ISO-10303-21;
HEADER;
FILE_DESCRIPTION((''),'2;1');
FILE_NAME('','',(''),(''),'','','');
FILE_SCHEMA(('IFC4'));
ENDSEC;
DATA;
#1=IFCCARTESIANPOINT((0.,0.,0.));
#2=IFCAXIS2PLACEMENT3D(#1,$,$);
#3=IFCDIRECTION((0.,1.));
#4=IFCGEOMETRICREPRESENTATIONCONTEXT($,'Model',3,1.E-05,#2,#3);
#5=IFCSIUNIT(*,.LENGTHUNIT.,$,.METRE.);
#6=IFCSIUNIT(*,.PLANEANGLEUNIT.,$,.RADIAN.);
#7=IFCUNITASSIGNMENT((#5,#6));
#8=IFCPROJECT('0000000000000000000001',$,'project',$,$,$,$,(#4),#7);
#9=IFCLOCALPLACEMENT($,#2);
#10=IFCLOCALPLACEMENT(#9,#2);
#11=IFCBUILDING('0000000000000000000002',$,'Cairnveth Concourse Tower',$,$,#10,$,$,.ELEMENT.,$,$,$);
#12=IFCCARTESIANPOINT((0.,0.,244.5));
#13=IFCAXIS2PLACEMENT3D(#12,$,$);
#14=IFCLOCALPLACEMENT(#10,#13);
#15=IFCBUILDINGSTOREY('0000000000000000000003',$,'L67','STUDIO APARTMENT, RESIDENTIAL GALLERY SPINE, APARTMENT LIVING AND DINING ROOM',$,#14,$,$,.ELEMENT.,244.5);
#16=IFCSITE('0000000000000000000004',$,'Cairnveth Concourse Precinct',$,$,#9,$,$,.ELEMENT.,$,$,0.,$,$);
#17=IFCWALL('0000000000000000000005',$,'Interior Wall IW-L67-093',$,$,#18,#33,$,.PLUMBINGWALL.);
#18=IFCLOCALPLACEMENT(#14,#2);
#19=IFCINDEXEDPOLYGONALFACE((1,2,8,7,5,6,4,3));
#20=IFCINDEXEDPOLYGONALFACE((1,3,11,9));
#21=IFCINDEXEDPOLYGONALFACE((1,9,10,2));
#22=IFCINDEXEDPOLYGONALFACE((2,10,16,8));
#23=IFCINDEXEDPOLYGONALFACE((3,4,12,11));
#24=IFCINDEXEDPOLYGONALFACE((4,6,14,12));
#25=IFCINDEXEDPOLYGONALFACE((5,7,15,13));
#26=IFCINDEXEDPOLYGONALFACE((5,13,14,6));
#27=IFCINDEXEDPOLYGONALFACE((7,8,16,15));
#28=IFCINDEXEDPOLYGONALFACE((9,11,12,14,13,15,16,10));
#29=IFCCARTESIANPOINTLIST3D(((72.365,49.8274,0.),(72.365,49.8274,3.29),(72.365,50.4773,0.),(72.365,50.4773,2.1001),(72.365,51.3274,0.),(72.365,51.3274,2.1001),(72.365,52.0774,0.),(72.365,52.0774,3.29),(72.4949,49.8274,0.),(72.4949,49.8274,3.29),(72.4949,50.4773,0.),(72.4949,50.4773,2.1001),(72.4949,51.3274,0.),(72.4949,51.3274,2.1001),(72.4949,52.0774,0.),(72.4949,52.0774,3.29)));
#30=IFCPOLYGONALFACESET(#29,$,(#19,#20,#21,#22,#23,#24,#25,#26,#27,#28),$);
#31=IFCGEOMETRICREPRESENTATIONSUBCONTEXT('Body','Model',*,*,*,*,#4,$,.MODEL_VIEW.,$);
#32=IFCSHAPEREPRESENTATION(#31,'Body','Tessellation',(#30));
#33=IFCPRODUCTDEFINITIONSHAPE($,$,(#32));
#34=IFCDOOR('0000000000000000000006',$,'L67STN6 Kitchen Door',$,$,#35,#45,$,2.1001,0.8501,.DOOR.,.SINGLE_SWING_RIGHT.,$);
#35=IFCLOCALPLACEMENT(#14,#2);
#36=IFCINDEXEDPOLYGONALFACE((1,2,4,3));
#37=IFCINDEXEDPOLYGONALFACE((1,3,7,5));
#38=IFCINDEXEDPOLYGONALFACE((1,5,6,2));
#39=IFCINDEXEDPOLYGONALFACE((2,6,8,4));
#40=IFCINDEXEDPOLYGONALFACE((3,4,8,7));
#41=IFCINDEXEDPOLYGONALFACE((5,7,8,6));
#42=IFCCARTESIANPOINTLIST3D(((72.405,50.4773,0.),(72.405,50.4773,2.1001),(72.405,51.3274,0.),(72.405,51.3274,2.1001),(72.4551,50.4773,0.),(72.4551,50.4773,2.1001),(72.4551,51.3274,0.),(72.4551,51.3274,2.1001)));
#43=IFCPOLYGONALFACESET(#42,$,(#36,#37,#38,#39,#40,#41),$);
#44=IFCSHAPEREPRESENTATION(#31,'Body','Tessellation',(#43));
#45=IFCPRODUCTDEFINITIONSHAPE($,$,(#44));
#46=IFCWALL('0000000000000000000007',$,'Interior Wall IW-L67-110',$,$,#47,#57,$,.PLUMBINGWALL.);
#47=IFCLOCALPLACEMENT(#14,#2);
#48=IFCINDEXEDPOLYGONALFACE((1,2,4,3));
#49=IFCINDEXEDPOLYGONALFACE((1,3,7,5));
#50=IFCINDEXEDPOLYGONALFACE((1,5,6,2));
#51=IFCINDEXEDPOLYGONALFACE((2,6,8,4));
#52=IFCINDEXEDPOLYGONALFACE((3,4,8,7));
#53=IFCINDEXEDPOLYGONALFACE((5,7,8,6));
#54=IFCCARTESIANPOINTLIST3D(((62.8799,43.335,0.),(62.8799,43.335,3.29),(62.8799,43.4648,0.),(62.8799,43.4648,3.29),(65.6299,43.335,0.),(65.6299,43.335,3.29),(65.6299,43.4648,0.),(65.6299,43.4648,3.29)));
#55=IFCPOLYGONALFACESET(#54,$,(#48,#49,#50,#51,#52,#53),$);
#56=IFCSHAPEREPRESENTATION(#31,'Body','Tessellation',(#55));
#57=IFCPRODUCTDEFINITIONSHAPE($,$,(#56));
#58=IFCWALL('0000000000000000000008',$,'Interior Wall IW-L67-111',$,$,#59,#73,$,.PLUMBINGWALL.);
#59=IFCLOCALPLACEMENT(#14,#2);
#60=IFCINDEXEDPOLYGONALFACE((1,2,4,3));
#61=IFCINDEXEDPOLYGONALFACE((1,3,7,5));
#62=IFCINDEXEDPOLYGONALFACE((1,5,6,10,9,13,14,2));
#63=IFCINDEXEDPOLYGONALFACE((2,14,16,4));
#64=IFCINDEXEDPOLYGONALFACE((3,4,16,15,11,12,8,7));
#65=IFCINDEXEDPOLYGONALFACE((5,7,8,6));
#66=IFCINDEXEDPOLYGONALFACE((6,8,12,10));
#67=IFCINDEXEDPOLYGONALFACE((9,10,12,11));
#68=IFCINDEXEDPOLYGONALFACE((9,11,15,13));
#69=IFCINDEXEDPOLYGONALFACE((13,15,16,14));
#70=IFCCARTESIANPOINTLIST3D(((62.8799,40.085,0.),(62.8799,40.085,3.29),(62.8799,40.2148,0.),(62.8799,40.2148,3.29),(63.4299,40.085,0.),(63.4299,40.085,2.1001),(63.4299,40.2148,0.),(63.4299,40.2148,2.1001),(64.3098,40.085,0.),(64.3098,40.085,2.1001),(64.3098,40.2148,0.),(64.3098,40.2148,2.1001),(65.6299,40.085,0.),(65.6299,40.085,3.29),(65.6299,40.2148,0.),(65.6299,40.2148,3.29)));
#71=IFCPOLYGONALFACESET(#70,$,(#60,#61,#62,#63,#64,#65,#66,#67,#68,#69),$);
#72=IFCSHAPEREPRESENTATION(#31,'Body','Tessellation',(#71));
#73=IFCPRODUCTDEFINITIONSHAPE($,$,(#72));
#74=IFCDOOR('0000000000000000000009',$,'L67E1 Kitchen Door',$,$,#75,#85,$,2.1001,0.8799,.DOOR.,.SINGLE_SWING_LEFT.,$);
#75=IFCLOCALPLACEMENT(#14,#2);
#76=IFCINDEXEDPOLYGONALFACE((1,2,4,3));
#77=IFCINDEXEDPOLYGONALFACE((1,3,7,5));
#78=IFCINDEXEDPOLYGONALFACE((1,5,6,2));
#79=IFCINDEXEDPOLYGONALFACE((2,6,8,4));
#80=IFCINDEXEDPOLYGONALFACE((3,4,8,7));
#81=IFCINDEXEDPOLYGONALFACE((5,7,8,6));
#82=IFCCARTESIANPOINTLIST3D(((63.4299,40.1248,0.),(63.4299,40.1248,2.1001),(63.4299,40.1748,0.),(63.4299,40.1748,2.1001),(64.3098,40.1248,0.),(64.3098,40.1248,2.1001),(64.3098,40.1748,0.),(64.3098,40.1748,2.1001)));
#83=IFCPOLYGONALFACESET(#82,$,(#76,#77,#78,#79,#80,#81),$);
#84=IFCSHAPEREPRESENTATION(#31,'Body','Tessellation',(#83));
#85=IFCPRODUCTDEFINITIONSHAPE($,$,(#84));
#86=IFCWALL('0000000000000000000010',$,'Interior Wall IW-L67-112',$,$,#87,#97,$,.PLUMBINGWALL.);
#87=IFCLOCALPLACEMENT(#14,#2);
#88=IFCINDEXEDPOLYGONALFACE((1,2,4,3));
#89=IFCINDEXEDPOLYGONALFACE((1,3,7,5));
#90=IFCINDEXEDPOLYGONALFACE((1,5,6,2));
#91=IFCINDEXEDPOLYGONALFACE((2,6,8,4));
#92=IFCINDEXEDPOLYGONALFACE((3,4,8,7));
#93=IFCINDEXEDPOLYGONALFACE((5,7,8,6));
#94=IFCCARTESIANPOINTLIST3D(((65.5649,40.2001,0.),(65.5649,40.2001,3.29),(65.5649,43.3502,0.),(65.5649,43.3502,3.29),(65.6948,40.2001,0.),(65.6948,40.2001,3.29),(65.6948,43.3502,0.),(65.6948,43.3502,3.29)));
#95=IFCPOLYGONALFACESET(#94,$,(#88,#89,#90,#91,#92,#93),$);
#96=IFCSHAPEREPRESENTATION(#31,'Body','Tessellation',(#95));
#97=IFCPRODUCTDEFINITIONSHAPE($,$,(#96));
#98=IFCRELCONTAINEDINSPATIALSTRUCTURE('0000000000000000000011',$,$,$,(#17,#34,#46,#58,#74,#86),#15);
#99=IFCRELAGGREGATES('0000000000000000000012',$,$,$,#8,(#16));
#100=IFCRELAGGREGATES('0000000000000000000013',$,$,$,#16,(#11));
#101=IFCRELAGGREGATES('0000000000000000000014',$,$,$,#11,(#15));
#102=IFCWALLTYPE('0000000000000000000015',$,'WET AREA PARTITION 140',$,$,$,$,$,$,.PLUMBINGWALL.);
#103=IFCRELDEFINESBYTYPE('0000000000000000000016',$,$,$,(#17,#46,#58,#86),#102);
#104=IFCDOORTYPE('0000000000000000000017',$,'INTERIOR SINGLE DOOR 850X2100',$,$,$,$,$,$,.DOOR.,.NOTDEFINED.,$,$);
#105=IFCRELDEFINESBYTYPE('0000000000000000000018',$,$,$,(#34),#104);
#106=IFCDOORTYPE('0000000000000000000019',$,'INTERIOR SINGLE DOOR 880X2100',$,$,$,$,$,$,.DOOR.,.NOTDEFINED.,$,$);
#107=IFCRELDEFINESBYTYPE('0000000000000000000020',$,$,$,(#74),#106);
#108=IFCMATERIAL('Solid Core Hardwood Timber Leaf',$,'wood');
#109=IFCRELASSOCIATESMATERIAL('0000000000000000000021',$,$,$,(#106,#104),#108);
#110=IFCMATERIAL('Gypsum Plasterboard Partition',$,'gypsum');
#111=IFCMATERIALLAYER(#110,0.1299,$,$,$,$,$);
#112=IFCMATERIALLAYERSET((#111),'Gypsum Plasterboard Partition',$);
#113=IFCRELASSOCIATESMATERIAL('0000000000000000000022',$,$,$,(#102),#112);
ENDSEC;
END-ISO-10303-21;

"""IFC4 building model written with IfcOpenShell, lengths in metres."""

from ifc_helpers import new_model, si_unit, direction, frame, frame_2d, origin, place, context, subcontext, project, spatial, rectangle, extrude, material, layer, layer_set, type_object, element, fill, save


model = new_model("IFC4")

# Units and contexts
model_context = context("Model", 3, precision=1e-05, world=origin(), true_north=direction((0.0, 1.0)))
body_context = subcontext(model_context, "Body", "Model", "MODEL_VIEW")
ifc_project = project(units=[si_unit("LENGTHUNIT", "METRE"), si_unit("PLANEANGLEUNIT", "RADIAN")], contexts=[model_context])

# Site, building, storey
site_placement = place(None, origin())
site = spatial("IfcSite", under=ifc_project, at=site_placement, Name="Cairnveth Concourse Precinct", CompositionType="ELEMENT", RefElevation=0.0)
building_placement = place(site_placement, origin())
building = spatial("IfcBuilding", under=site, at=building_placement, Name="Cairnveth Concourse Tower", CompositionType="ELEMENT")
storey_placement = place(building_placement, frame((0.0, 0.0, 244.5)))
storey = spatial("IfcBuildingStorey", under=building, at=storey_placement, Name="L67", Description="STUDIO APARTMENT, RESIDENTIAL GALLERY SPINE, APARTMENT LIVING AND DINING ROOM", CompositionType="ELEMENT", Elevation=244.5)

# Shared definitions
ifc_material_1 = material(Name="Gypsum Plasterboard Partition", Category="gypsum")

# Shared definitions
ifc_material_2 = material(Name="Solid Core Hardwood Timber Leaf", Category="wood")
door_type_1 = type_object("IfcDoorType", Name="INTERIOR SINGLE DOOR 880X2100", OperationType="NOTDEFINED", PredefinedType="DOOR", material=ifc_material_2)
ifc_layer_1 = layer(ifc_material_1, 0.1299)
ifc_layer_set_1 = layer_set([ifc_layer_1], Name="Gypsum Plasterboard Partition")
wall_type_1 = type_object("IfcWallType", Name="WET AREA PARTITION 140", PredefinedType="PLUMBINGWALL", material=ifc_layer_set_1)
door_type_2 = type_object("IfcDoorType", Name="INTERIOR SINGLE DOOR 850X2100", OperationType="NOTDEFINED", PredefinedType="DOOR", material=ifc_material_2)

# Wall, opening, door
wall_1_placement = place(storey_placement, frame((72.4299, 49.8274, 0.0), z_axis=(0.0, 0.0, 1.0), x_axis=(0.0, 1.0, 0.0)))
wall_1 = element("IfcWall", 1, at=wall_1_placement, inside=storey, type_object=wall_type_1, Name="Interior Wall IW-L67-093", PredefinedType="PLUMBINGWALL", context=body_context, shape_type="SweptSolid", body=[
    extrude(rectangle(XDim=2.25, YDim=0.1299, at=frame_2d((1.125, 0.0))), origin(), (0.0, 0.0, 1.0), 3.29),
])
opening_1_placement = place(wall_1_placement, frame((0.6499, 0.0, 0.0)))
opening_1 = element("IfcOpeningElement", 2, at=opening_1_placement, cuts=wall_1, PredefinedType="OPENING", context=body_context, shape_type="SweptSolid", body=[
    extrude(rectangle(XDim=0.8501, YDim=2.1001, at=frame_2d((0.425, 1.05))), frame((0.0, 0.075, 0.0), z_axis=(0.0, -1.0, 0.0), x_axis=(1.0, 0.0, 0.0)), (0.0, 0.0, 1.0), 0.1499),
])
door_1_placement = place(opening_1_placement, origin())
door_1 = element("IfcDoor", 3, at=door_1_placement, inside=storey, type_object=door_type_2, Name="L67STN6 Kitchen Door", OperationType="SINGLE_SWING_RIGHT", OverallHeight=2.1001, OverallWidth=0.8501, PredefinedType="DOOR", context=body_context, shape_type="SweptSolid", body=[
    extrude(rectangle(XDim=0.8501, YDim=2.1001, at=frame_2d((0.425, 1.05))), frame((0.0, 0.0249, 0.0), z_axis=(0.0, -1.0, 0.0), x_axis=(1.0, 0.0, 0.0)), (0.0, 0.0, 1.0), 0.05),
])
fill(opening_1, door_1)

# Wall
wall_2_placement = place(storey_placement, frame((62.8799, 43.3999, 0.0), z_axis=(0.0, 0.0, 1.0), x_axis=(1.0, 0.0, 0.0)))
element("IfcWall", 4, at=wall_2_placement, inside=storey, type_object=wall_type_1, Name="Interior Wall IW-L67-110", PredefinedType="PLUMBINGWALL", context=body_context, shape_type="SweptSolid", body=[
    extrude(rectangle(XDim=2.75, YDim=0.1299, at=frame_2d((1.375, 0.0))), origin(), (0.0, 0.0, 1.0), 3.29),
])

# Wall, opening, door
wall_3_placement = place(storey_placement, frame((62.8799, 40.1499, 0.0), z_axis=(0.0, 0.0, 1.0), x_axis=(1.0, 0.0, 0.0)))
wall_3 = element("IfcWall", 5, at=wall_3_placement, inside=storey, type_object=wall_type_1, Name="Interior Wall IW-L67-111", PredefinedType="PLUMBINGWALL", context=body_context, shape_type="SweptSolid", body=[
    extrude(rectangle(XDim=2.75, YDim=0.1299, at=frame_2d((1.375, 0.0))), origin(), (0.0, 0.0, 1.0), 3.29),
])
opening_2_placement = place(wall_3_placement, frame((0.55, 0.0, 0.0)))
opening_2 = element("IfcOpeningElement", 6, at=opening_2_placement, cuts=wall_3, PredefinedType="OPENING", context=body_context, shape_type="SweptSolid", body=[
    extrude(rectangle(XDim=0.8799, YDim=2.1001, at=frame_2d((0.4399, 1.05))), frame((0.0, 0.075, 0.0), z_axis=(0.0, -1.0, 0.0), x_axis=(1.0, 0.0, 0.0)), (0.0, 0.0, 1.0), 0.1499),
])
door_2_placement = place(opening_2_placement, origin())
door_2 = element("IfcDoor", 7, at=door_2_placement, inside=storey, type_object=door_type_1, Name="L67E1 Kitchen Door", OperationType="SINGLE_SWING_LEFT", OverallHeight=2.1001, OverallWidth=0.8799, PredefinedType="DOOR", context=body_context, shape_type="SweptSolid", body=[
    extrude(rectangle(XDim=0.8799, YDim=2.1001, at=frame_2d((0.4399, 1.05))), frame((0.0, 0.0249, 0.0), z_axis=(0.0, -1.0, 0.0), x_axis=(1.0, 0.0, 0.0)), (0.0, 0.0, 1.0), 0.05),
])
fill(opening_2, door_2)

# Wall
wall_4_placement = place(storey_placement, frame((65.6299, 40.2, 0.0), z_axis=(0.0, 0.0, 1.0), x_axis=(0.0, 1.0, 0.0)))
element("IfcWall", 8, at=wall_4_placement, inside=storey, type_object=wall_type_1, Name="Interior Wall IW-L67-112", PredefinedType="PLUMBINGWALL", context=body_context, shape_type="SweptSolid", body=[
    extrude(rectangle(XDim=3.1501, YDim=0.1299, at=frame_2d((1.5752, 0.0))), origin(), (0.0, 0.0, 1.0), 3.29),
])

save(model, "model.ifc")
